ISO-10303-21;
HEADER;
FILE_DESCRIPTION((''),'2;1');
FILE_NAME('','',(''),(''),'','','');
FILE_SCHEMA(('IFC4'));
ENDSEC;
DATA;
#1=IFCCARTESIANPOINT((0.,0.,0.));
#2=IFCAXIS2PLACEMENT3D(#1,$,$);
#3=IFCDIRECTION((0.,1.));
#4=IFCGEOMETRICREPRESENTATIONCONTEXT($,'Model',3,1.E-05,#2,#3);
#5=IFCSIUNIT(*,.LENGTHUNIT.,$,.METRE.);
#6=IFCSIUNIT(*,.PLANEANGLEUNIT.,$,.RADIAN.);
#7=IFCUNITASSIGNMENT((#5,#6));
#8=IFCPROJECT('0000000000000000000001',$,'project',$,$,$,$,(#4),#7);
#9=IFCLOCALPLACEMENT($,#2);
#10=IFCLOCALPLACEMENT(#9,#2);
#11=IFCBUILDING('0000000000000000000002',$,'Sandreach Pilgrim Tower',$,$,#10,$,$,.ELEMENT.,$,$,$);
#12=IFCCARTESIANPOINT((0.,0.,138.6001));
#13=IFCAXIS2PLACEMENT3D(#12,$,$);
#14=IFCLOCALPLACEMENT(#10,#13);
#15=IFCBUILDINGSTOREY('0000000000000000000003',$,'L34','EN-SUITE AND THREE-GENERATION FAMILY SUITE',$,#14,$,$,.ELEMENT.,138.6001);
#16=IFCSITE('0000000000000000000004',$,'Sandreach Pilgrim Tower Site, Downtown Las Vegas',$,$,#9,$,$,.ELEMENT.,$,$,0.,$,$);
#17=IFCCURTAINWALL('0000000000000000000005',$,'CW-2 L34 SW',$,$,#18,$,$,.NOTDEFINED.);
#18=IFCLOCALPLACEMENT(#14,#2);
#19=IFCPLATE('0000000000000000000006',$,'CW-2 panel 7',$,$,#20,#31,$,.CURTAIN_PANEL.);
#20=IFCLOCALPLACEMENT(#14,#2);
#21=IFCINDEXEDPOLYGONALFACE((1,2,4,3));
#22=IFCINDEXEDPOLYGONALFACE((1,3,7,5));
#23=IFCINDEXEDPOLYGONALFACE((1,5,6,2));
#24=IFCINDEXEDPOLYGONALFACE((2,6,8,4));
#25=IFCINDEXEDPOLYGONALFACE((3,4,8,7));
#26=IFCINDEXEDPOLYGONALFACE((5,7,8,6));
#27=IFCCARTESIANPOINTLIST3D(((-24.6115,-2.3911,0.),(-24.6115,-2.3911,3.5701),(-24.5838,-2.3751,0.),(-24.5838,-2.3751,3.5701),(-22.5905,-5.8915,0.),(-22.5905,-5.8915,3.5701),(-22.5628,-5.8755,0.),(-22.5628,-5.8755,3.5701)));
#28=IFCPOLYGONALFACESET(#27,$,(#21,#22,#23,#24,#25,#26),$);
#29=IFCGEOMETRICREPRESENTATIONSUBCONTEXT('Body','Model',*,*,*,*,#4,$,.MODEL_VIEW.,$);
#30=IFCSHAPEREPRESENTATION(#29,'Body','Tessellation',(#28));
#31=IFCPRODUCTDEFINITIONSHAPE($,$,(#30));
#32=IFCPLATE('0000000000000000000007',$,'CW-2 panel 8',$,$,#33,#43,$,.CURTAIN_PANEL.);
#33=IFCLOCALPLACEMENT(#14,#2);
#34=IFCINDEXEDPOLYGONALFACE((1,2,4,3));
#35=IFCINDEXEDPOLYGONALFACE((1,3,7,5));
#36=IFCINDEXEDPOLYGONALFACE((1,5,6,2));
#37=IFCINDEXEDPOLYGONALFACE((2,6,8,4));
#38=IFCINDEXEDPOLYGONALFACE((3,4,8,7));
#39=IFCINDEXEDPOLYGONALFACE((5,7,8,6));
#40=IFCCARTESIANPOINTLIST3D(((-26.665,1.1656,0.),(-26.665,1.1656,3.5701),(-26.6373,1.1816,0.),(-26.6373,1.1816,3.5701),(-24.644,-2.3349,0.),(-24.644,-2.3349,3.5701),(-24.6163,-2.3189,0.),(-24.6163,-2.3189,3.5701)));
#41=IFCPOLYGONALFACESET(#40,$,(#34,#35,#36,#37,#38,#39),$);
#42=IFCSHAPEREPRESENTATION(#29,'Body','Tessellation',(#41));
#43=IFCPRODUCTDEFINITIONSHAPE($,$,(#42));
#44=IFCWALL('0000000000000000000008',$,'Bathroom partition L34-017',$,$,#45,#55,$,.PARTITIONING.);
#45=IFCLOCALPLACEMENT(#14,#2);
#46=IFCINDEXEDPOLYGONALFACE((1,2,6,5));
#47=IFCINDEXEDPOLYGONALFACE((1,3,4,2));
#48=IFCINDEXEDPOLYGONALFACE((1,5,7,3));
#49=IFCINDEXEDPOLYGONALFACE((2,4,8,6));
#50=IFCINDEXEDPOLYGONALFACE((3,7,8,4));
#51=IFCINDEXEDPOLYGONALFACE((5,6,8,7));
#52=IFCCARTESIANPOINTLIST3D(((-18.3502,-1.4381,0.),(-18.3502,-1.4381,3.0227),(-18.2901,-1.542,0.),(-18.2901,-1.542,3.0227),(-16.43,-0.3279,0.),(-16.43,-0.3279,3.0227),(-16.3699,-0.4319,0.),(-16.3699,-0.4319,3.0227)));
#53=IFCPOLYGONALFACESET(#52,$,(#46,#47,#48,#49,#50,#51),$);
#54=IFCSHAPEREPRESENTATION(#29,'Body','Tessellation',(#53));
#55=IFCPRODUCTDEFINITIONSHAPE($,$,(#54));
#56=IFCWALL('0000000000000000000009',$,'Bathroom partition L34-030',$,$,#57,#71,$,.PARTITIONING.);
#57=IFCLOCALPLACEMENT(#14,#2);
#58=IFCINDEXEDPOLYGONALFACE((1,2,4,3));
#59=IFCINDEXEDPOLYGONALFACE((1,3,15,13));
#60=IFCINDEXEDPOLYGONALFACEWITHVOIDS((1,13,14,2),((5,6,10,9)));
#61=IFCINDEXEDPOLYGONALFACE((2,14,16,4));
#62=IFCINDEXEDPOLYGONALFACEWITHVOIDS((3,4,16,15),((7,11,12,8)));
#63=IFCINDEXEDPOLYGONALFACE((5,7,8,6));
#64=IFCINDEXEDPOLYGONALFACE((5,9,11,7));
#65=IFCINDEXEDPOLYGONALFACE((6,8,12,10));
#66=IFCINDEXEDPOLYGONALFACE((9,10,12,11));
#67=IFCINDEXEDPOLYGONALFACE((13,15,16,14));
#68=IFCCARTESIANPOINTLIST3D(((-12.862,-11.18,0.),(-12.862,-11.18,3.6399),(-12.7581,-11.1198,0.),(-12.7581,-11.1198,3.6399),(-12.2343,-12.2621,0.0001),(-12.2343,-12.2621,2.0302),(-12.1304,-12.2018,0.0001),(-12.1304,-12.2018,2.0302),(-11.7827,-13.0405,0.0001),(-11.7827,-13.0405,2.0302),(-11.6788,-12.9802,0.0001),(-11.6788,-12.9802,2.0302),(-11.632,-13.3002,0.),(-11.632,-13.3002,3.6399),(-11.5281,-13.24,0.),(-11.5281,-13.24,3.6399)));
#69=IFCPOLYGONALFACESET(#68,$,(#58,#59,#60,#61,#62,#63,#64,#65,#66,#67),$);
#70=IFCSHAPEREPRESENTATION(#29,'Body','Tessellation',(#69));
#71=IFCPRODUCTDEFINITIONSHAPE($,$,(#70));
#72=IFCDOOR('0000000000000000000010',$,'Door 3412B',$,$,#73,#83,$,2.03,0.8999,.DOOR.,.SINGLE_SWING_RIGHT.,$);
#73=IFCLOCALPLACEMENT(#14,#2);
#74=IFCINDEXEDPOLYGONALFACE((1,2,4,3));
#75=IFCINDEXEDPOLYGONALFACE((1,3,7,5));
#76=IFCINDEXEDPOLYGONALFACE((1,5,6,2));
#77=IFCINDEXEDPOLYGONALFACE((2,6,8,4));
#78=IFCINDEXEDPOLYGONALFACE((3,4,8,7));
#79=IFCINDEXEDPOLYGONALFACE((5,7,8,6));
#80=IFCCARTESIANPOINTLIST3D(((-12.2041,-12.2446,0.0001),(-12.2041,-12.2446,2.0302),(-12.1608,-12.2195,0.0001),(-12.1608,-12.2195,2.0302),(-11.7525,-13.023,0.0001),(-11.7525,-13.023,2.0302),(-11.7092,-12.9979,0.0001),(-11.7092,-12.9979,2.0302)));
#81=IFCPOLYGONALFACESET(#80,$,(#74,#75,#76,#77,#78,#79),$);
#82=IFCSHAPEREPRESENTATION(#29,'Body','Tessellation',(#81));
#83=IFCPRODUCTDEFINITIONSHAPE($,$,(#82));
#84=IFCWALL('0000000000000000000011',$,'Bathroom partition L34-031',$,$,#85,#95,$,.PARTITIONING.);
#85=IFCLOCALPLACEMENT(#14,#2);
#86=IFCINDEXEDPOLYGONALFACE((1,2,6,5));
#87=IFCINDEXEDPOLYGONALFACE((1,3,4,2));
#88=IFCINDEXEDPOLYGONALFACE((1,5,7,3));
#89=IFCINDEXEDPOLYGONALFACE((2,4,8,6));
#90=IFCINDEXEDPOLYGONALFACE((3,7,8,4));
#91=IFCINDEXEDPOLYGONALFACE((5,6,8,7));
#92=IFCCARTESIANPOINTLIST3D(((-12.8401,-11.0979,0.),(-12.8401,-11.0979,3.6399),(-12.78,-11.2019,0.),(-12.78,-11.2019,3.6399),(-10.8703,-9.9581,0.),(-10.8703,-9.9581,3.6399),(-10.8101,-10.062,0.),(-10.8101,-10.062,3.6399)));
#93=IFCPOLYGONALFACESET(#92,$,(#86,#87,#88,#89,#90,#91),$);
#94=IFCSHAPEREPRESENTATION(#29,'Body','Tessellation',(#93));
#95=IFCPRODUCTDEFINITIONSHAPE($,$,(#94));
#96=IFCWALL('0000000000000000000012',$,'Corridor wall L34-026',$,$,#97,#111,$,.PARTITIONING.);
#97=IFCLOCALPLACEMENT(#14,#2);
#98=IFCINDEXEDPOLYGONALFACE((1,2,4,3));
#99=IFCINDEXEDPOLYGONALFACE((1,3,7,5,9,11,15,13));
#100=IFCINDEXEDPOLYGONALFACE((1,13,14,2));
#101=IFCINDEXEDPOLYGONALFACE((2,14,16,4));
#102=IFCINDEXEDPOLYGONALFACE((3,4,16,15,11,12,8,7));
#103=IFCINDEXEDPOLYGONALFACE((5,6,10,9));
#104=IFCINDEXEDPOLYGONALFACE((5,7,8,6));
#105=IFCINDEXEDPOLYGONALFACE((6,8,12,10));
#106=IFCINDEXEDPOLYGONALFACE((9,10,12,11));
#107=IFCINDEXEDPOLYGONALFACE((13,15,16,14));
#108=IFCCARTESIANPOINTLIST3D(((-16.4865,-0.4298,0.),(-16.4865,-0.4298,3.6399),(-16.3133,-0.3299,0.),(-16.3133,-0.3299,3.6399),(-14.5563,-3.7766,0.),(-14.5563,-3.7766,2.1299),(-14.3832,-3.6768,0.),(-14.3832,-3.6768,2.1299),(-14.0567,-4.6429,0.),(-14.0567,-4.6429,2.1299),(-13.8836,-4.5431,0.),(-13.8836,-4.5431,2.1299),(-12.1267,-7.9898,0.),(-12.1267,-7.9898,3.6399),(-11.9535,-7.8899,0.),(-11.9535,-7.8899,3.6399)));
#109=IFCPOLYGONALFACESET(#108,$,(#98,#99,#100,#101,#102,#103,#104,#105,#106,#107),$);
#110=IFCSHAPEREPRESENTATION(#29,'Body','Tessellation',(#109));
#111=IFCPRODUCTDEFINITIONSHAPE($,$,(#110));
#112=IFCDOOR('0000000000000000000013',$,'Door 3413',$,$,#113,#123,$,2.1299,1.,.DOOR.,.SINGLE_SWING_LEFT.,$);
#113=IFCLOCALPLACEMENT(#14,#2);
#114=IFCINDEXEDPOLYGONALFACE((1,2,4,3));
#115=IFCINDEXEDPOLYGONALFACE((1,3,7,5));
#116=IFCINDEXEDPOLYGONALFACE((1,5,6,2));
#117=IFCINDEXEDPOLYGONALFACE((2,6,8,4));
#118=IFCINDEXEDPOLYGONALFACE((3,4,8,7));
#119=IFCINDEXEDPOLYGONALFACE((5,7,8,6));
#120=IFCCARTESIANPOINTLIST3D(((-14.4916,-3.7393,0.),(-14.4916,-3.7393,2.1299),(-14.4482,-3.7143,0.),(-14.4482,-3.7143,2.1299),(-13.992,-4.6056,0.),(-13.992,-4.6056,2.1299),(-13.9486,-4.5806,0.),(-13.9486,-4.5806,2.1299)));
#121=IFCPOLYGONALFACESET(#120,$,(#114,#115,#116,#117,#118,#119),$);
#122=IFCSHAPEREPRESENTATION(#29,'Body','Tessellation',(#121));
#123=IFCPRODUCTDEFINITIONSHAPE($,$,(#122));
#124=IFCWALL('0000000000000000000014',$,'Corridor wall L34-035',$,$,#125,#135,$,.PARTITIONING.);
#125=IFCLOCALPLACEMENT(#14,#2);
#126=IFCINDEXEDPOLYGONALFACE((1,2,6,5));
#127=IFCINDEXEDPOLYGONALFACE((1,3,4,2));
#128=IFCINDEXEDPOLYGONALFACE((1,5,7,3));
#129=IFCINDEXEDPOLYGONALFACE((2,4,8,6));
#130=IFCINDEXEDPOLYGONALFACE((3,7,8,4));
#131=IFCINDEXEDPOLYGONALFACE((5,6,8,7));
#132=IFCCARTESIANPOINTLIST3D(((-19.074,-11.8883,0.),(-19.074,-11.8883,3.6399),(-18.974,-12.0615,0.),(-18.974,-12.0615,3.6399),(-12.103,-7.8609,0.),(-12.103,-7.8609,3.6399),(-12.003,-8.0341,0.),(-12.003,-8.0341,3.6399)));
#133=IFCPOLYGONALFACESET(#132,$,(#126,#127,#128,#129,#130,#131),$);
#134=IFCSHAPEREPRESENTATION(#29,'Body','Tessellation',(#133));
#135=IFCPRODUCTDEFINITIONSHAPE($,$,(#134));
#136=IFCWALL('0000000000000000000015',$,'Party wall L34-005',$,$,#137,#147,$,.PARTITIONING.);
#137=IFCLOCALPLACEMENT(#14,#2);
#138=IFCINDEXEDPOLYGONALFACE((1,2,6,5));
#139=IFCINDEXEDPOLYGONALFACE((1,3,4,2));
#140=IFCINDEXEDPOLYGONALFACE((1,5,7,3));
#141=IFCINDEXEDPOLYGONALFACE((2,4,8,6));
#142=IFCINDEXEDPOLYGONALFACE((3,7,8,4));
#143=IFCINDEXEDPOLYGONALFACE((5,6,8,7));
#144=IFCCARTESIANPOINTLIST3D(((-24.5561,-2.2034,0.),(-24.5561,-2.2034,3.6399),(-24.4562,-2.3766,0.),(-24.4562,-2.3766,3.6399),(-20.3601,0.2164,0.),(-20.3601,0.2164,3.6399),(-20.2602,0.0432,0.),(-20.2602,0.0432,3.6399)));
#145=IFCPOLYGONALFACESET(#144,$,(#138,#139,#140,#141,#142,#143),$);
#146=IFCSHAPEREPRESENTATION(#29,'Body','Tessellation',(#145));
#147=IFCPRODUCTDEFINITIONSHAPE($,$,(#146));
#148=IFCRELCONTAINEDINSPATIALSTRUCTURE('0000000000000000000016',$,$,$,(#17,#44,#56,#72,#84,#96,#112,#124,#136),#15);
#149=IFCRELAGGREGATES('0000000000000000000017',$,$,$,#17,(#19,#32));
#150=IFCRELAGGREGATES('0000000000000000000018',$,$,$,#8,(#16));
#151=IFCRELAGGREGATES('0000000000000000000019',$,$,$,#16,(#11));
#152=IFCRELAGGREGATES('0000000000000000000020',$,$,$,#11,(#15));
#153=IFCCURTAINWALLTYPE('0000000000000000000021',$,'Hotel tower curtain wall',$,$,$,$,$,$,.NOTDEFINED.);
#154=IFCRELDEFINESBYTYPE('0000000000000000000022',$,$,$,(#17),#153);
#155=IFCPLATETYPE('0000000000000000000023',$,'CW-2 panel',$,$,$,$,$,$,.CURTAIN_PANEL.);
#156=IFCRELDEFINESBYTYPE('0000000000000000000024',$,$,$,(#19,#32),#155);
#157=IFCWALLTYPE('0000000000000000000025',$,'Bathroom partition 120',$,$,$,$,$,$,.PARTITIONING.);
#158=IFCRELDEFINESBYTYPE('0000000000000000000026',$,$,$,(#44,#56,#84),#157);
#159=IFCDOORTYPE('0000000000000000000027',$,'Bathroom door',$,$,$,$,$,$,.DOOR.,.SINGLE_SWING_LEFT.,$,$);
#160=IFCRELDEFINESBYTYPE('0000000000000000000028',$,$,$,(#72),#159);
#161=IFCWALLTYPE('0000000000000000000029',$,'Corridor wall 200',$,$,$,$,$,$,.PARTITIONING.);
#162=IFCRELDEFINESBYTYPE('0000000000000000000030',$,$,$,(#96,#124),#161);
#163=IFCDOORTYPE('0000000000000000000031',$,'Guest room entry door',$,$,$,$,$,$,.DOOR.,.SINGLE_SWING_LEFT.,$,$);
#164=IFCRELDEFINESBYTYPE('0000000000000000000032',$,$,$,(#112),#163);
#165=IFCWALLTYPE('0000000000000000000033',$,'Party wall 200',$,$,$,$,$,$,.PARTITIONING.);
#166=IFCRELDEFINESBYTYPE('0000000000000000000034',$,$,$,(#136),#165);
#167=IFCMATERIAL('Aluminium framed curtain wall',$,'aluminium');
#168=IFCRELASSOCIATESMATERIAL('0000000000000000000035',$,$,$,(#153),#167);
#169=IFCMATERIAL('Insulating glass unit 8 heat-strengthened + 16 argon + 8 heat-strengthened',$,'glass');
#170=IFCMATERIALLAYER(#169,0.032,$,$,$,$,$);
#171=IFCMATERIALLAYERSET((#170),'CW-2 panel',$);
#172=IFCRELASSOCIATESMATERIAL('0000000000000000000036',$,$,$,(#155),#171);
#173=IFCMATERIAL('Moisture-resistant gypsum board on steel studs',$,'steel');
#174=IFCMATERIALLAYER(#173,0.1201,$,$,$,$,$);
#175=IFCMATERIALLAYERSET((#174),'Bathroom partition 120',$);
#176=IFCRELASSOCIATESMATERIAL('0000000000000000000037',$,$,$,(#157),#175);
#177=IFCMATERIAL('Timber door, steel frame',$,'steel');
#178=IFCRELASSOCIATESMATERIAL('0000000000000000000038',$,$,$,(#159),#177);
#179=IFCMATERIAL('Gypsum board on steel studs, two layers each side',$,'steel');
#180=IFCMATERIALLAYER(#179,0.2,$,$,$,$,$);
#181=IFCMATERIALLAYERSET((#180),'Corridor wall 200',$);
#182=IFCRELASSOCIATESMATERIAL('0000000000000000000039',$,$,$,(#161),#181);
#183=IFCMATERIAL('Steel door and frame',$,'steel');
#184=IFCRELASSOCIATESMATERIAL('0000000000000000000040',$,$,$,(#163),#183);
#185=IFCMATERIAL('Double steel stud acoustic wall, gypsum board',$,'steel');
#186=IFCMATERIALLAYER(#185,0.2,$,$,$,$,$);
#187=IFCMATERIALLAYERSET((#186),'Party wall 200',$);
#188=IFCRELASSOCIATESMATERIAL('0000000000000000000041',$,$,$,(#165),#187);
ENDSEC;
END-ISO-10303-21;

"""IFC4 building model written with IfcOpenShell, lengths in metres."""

from ifc_helpers import new_model, si_unit, direction, frame, frame_2d, origin, origin_2d, place, context, subcontext, project, spatial, rectangle, extrude, material, layer, layer_set, type_object, element, fill, aggregate, save


model = new_model("IFC4")

# Units and contexts
model_context = context("Model", 3, precision=1e-05, world=origin(), true_north=direction((0.0, 1.0)))
body_context = subcontext(model_context, "Body", "Model", "MODEL_VIEW")
ifc_project = project(units=[si_unit("LENGTHUNIT", "METRE"), si_unit("PLANEANGLEUNIT", "RADIAN")], contexts=[model_context])

# Site, building, storey
site_placement = place(None, origin())
site = spatial("IfcSite", under=ifc_project, at=site_placement, Name="Sandreach Pilgrim Tower Site, Downtown Las Vegas", CompositionType="ELEMENT", RefElevation=0.0)
building_placement = place(site_placement, origin())
building = spatial("IfcBuilding", under=site, at=building_placement, Name="Sandreach Pilgrim Tower", CompositionType="ELEMENT")
storey_placement = place(building_placement, frame((0.0, 0.0, 138.6001)))
storey = spatial("IfcBuildingStorey", under=building, at=storey_placement, Name="L34", Description="EN-SUITE AND THREE-GENERATION FAMILY SUITE", CompositionType="ELEMENT", Elevation=138.6001)

# Curtain wall
ifc_material_1 = material(Name="Aluminium framed curtain wall", Category="aluminium")
curtain_wall_type = type_object("IfcCurtainWallType", Name="Hotel tower curtain wall", PredefinedType="NOTDEFINED", material=ifc_material_1)
curtain_wall_placement = place(storey_placement, origin())
curtain_wall = element("IfcCurtainWall", 1, at=curtain_wall_placement, inside=storey, type_object=curtain_wall_type, Name="CW-2 L34 SW", PredefinedType="NOTDEFINED")

# Plates
ifc_material_2 = material(Name="Insulating glass unit 8 heat-strengthened + 16 argon + 8 heat-strengthened", Category="glass")
ifc_layer_1 = layer(ifc_material_2, 0.032)
ifc_layer_set_1 = layer_set([ifc_layer_1], Name="CW-2 panel")
plate_type = type_object("IfcPlateType", Name="CW-2 panel", PredefinedType="CURTAIN_PANEL", material=ifc_layer_set_1)
plate_1_placement = place(storey_placement, frame((-23.5872, -4.1333, 0.0), z_axis=(0.0, 0.0, 1.0), x_axis=(-0.5, 0.866025, 0.0)))
plate_1 = element("IfcPlate", 2, at=plate_1_placement, type_object=plate_type, Name="CW-2 panel 7", PredefinedType="CURTAIN_PANEL", context=body_context, shape_type="SweptSolid", body=[
    extrude(rectangle(XDim=4.042, YDim=0.032, at=origin_2d()), origin(), (0.0, 0.0, 1.0), 3.5701),
])
plate_2_placement = place(storey_placement, frame((-25.6406, -0.5767, 0.0), z_axis=(0.0, 0.0, 1.0), x_axis=(-0.5, 0.866025, 0.0)))
plate_2 = element("IfcPlate", 3, at=plate_2_placement, type_object=plate_type, Name="CW-2 panel 8", PredefinedType="CURTAIN_PANEL", context=body_context, shape_type="SweptSolid", body=[
    extrude(rectangle(XDim=4.042, YDim=0.032, at=origin_2d()), origin(), (0.0, 0.0, 1.0), 3.5701),
])
aggregate(curtain_wall, [plate_1, plate_2])

# Wall
ifc_material_3 = material(Name="Moisture-resistant gypsum board on steel studs", Category="steel")
ifc_layer_2 = layer(ifc_material_3, 0.1201)
ifc_layer_set_2 = layer_set([ifc_layer_2], Name="Bathroom partition 120")
wall_type_1 = type_object("IfcWallType", Name="Bathroom partition 120", PredefinedType="PARTITIONING", material=ifc_layer_set_2)
wall_1_placement = place(storey_placement, frame((-18.3201, -1.49, 0.0), z_axis=(0.0, 0.0, 1.0), x_axis=(0.865733, 0.500507, 0.0)))
element("IfcWall", 4, at=wall_1_placement, inside=storey, type_object=wall_type_1, Name="Bathroom partition L34-017", PredefinedType="PARTITIONING", context=body_context, shape_type="SweptSolid", body=[
    extrude(rectangle(XDim=2.218, YDim=0.1201, at=frame_2d((1.1089, 0.0))), origin(), (0.0, 0.0, 1.0), 3.0227),
])

# Wall, opening, door
wall_2_placement = place(storey_placement, frame((-12.8101, -11.1499, 0.0), z_axis=(0.0, 0.0, 1.0), x_axis=(0.501813, -0.864976, 0.0)))
wall_2 = element("IfcWall", 5, at=wall_2_placement, inside=storey, type_object=wall_type_1, Name="Bathroom partition L34-030", PredefinedType="PARTITIONING", context=body_context, shape_type="SweptSolid", body=[
    extrude(rectangle(XDim=2.4512, YDim=0.1201, at=frame_2d((1.2256, 0.0))), origin(), (0.0, 0.0, 1.0), 3.6399),
])
opening_1_placement = place(wall_2_placement, frame((1.251, 0.0, 0.0)))
opening_1 = element("IfcOpeningElement", 6, at=opening_1_placement, cuts=wall_2, PredefinedType="OPENING", context=body_context, shape_type="SweptSolid", body=[
    extrude(rectangle(XDim=0.8999, YDim=2.03, at=frame_2d((0.45, 1.0151))), frame((0.0, 0.0601, 0.0), z_axis=(0.0, -1.0, 0.0), x_axis=(1.0, 0.0, 0.0)), (0.0, 0.0, 1.0), 0.1201),
])
ifc_material_4 = material(Name="Timber door, steel frame", Category="steel")
door_type_1 = type_object("IfcDoorType", Name="Bathroom door", OperationType="SINGLE_SWING_LEFT", PredefinedType="DOOR", material=ifc_material_4)
door_1_placement = place(opening_1_placement, origin())
door_1 = element("IfcDoor", 7, at=door_1_placement, inside=storey, type_object=door_type_1, Name="Door 3412B", OperationType="SINGLE_SWING_RIGHT", OverallHeight=2.03, OverallWidth=0.8999, PredefinedType="DOOR", context=body_context, shape_type="SweptSolid", body=[
    extrude(rectangle(XDim=0.8999, YDim=2.03, at=frame_2d((0.45, 1.0151))), frame((0.0, 0.0249, 0.0), z_axis=(0.0, -1.0, 0.0), x_axis=(1.0, 0.0, 0.0)), (0.0, 0.0, 1.0), 0.05),
])
fill(opening_1, door_1)

# Wall
wall_3_placement = place(storey_placement, frame((-12.8101, -11.1499, 0.0), z_axis=(0.0, 0.0, 1.0), x_axis=(0.865544, 0.500833, 0.0)))
element("IfcWall", 8, at=wall_3_placement, inside=storey, type_object=wall_type_1, Name="Bathroom partition L34-031", PredefinedType="PARTITIONING", context=body_context, shape_type="SweptSolid", body=[
    extrude(rectangle(XDim=2.2759, YDim=0.1201, at=frame_2d((1.1379, 0.0))), origin(), (0.0, 0.0, 1.0), 3.6399),
])

# Wall, opening, door
ifc_material_5 = material(Name="Gypsum board on steel studs, two layers each side", Category="steel")
ifc_layer_3 = layer(ifc_material_5, 0.2)
ifc_layer_set_3 = layer_set([ifc_layer_3], Name="Corridor wall 200")
wall_type_2 = type_object("IfcWallType", Name="Corridor wall 200", PredefinedType="PARTITIONING", material=ifc_layer_set_3)
wall_4_placement = place(storey_placement, frame((-16.3999, -0.3799, 0.0), z_axis=(0.0, 0.0, 1.0), x_axis=(0.499576, -0.86627, 0.0)))
wall_4 = element("IfcWall", 9, at=wall_4_placement, inside=storey, type_object=wall_type_2, Name="Corridor wall L34-026", PredefinedType="PARTITIONING", context=body_context, shape_type="SweptSolid", body=[
    extrude(rectangle(XDim=8.7271, YDim=0.2, at=frame_2d((4.3635, 0.0))), origin(), (0.0, 0.0, 1.0), 3.6399),
])
opening_2_placement = place(wall_4_placement, frame((3.8635, 0.0, 0.0)))
opening_2 = element("IfcOpeningElement", 10, at=opening_2_placement, cuts=wall_4, PredefinedType="OPENING", context=body_context, shape_type="SweptSolid", body=[
    extrude(rectangle(XDim=1.0, YDim=2.1299, at=frame_2d((0.5, 1.0649))), frame((0.0, 0.1001, 0.0), z_axis=(0.0, -1.0, 0.0), x_axis=(1.0, 0.0, 0.0)), (0.0, 0.0, 1.0), 0.2),
])
ifc_material_6 = material(Name="Steel door and frame", Category="steel")
door_type_2 = type_object("IfcDoorType", Name="Guest room entry door", OperationType="SINGLE_SWING_LEFT", PredefinedType="DOOR", material=ifc_material_6)
door_2_placement = place(opening_2_placement, origin())
door_2 = element("IfcDoor", 11, at=door_2_placement, inside=storey, type_object=door_type_2, Name="Door 3413", OperationType="SINGLE_SWING_LEFT", OverallHeight=2.1299, OverallWidth=1.0, PredefinedType="DOOR", context=body_context, shape_type="SweptSolid", body=[
    extrude(rectangle(XDim=1.0, YDim=2.1299, at=frame_2d((0.5, 1.0649))), frame((0.0, 0.0249, 0.0), z_axis=(0.0, -1.0, 0.0), x_axis=(1.0, 0.0, 0.0)), (0.0, 0.0, 1.0), 0.05),
])
fill(opening_2, door_2)

# Walls
wall_5_placement = place(storey_placement, frame((-12.053, -7.9475, 0.0), z_axis=(0.0, 0.0, 1.0), x_axis=(-0.865882, -0.500248, 0.0)))
element("IfcWall", 12, at=wall_5_placement, inside=storey, type_object=wall_type_2, Name="Corridor wall L34-035", PredefinedType="PARTITIONING", context=body_context, shape_type="SweptSolid", body=[
    extrude(rectangle(XDim=8.0508, YDim=0.2, at=frame_2d((4.0254, 0.0))), origin(), (0.0, 0.0, 1.0), 3.6399),
])
ifc_material_7 = material(Name="Double steel stud acoustic wall, gypsum board", Category="steel")
ifc_layer_4 = layer(ifc_material_7, 0.2)
ifc_layer_set_4 = layer_set([ifc_layer_4], Name="Party wall 200")
wall_type_3 = type_object("IfcWallType", Name="Party wall 200", PredefinedType="PARTITIONING", material=ifc_layer_set_4)
wall_6_placement = place(storey_placement, frame((-24.5061, -2.29, 0.0), z_axis=(0.0, 0.0, 1.0), x_axis=(0.866264, 0.499587, 0.0)))
element("IfcWall", 13, at=wall_6_placement, inside=storey, type_object=wall_type_3, Name="Party wall L34-005", PredefinedType="PARTITIONING", context=body_context, shape_type="SweptSolid", body=[
    extrude(rectangle(XDim=4.8438, YDim=0.2, at=frame_2d((2.4219, 0.0))), origin(), (0.0, 0.0, 1.0), 3.6399),
])

save(model, "model.ifc")
